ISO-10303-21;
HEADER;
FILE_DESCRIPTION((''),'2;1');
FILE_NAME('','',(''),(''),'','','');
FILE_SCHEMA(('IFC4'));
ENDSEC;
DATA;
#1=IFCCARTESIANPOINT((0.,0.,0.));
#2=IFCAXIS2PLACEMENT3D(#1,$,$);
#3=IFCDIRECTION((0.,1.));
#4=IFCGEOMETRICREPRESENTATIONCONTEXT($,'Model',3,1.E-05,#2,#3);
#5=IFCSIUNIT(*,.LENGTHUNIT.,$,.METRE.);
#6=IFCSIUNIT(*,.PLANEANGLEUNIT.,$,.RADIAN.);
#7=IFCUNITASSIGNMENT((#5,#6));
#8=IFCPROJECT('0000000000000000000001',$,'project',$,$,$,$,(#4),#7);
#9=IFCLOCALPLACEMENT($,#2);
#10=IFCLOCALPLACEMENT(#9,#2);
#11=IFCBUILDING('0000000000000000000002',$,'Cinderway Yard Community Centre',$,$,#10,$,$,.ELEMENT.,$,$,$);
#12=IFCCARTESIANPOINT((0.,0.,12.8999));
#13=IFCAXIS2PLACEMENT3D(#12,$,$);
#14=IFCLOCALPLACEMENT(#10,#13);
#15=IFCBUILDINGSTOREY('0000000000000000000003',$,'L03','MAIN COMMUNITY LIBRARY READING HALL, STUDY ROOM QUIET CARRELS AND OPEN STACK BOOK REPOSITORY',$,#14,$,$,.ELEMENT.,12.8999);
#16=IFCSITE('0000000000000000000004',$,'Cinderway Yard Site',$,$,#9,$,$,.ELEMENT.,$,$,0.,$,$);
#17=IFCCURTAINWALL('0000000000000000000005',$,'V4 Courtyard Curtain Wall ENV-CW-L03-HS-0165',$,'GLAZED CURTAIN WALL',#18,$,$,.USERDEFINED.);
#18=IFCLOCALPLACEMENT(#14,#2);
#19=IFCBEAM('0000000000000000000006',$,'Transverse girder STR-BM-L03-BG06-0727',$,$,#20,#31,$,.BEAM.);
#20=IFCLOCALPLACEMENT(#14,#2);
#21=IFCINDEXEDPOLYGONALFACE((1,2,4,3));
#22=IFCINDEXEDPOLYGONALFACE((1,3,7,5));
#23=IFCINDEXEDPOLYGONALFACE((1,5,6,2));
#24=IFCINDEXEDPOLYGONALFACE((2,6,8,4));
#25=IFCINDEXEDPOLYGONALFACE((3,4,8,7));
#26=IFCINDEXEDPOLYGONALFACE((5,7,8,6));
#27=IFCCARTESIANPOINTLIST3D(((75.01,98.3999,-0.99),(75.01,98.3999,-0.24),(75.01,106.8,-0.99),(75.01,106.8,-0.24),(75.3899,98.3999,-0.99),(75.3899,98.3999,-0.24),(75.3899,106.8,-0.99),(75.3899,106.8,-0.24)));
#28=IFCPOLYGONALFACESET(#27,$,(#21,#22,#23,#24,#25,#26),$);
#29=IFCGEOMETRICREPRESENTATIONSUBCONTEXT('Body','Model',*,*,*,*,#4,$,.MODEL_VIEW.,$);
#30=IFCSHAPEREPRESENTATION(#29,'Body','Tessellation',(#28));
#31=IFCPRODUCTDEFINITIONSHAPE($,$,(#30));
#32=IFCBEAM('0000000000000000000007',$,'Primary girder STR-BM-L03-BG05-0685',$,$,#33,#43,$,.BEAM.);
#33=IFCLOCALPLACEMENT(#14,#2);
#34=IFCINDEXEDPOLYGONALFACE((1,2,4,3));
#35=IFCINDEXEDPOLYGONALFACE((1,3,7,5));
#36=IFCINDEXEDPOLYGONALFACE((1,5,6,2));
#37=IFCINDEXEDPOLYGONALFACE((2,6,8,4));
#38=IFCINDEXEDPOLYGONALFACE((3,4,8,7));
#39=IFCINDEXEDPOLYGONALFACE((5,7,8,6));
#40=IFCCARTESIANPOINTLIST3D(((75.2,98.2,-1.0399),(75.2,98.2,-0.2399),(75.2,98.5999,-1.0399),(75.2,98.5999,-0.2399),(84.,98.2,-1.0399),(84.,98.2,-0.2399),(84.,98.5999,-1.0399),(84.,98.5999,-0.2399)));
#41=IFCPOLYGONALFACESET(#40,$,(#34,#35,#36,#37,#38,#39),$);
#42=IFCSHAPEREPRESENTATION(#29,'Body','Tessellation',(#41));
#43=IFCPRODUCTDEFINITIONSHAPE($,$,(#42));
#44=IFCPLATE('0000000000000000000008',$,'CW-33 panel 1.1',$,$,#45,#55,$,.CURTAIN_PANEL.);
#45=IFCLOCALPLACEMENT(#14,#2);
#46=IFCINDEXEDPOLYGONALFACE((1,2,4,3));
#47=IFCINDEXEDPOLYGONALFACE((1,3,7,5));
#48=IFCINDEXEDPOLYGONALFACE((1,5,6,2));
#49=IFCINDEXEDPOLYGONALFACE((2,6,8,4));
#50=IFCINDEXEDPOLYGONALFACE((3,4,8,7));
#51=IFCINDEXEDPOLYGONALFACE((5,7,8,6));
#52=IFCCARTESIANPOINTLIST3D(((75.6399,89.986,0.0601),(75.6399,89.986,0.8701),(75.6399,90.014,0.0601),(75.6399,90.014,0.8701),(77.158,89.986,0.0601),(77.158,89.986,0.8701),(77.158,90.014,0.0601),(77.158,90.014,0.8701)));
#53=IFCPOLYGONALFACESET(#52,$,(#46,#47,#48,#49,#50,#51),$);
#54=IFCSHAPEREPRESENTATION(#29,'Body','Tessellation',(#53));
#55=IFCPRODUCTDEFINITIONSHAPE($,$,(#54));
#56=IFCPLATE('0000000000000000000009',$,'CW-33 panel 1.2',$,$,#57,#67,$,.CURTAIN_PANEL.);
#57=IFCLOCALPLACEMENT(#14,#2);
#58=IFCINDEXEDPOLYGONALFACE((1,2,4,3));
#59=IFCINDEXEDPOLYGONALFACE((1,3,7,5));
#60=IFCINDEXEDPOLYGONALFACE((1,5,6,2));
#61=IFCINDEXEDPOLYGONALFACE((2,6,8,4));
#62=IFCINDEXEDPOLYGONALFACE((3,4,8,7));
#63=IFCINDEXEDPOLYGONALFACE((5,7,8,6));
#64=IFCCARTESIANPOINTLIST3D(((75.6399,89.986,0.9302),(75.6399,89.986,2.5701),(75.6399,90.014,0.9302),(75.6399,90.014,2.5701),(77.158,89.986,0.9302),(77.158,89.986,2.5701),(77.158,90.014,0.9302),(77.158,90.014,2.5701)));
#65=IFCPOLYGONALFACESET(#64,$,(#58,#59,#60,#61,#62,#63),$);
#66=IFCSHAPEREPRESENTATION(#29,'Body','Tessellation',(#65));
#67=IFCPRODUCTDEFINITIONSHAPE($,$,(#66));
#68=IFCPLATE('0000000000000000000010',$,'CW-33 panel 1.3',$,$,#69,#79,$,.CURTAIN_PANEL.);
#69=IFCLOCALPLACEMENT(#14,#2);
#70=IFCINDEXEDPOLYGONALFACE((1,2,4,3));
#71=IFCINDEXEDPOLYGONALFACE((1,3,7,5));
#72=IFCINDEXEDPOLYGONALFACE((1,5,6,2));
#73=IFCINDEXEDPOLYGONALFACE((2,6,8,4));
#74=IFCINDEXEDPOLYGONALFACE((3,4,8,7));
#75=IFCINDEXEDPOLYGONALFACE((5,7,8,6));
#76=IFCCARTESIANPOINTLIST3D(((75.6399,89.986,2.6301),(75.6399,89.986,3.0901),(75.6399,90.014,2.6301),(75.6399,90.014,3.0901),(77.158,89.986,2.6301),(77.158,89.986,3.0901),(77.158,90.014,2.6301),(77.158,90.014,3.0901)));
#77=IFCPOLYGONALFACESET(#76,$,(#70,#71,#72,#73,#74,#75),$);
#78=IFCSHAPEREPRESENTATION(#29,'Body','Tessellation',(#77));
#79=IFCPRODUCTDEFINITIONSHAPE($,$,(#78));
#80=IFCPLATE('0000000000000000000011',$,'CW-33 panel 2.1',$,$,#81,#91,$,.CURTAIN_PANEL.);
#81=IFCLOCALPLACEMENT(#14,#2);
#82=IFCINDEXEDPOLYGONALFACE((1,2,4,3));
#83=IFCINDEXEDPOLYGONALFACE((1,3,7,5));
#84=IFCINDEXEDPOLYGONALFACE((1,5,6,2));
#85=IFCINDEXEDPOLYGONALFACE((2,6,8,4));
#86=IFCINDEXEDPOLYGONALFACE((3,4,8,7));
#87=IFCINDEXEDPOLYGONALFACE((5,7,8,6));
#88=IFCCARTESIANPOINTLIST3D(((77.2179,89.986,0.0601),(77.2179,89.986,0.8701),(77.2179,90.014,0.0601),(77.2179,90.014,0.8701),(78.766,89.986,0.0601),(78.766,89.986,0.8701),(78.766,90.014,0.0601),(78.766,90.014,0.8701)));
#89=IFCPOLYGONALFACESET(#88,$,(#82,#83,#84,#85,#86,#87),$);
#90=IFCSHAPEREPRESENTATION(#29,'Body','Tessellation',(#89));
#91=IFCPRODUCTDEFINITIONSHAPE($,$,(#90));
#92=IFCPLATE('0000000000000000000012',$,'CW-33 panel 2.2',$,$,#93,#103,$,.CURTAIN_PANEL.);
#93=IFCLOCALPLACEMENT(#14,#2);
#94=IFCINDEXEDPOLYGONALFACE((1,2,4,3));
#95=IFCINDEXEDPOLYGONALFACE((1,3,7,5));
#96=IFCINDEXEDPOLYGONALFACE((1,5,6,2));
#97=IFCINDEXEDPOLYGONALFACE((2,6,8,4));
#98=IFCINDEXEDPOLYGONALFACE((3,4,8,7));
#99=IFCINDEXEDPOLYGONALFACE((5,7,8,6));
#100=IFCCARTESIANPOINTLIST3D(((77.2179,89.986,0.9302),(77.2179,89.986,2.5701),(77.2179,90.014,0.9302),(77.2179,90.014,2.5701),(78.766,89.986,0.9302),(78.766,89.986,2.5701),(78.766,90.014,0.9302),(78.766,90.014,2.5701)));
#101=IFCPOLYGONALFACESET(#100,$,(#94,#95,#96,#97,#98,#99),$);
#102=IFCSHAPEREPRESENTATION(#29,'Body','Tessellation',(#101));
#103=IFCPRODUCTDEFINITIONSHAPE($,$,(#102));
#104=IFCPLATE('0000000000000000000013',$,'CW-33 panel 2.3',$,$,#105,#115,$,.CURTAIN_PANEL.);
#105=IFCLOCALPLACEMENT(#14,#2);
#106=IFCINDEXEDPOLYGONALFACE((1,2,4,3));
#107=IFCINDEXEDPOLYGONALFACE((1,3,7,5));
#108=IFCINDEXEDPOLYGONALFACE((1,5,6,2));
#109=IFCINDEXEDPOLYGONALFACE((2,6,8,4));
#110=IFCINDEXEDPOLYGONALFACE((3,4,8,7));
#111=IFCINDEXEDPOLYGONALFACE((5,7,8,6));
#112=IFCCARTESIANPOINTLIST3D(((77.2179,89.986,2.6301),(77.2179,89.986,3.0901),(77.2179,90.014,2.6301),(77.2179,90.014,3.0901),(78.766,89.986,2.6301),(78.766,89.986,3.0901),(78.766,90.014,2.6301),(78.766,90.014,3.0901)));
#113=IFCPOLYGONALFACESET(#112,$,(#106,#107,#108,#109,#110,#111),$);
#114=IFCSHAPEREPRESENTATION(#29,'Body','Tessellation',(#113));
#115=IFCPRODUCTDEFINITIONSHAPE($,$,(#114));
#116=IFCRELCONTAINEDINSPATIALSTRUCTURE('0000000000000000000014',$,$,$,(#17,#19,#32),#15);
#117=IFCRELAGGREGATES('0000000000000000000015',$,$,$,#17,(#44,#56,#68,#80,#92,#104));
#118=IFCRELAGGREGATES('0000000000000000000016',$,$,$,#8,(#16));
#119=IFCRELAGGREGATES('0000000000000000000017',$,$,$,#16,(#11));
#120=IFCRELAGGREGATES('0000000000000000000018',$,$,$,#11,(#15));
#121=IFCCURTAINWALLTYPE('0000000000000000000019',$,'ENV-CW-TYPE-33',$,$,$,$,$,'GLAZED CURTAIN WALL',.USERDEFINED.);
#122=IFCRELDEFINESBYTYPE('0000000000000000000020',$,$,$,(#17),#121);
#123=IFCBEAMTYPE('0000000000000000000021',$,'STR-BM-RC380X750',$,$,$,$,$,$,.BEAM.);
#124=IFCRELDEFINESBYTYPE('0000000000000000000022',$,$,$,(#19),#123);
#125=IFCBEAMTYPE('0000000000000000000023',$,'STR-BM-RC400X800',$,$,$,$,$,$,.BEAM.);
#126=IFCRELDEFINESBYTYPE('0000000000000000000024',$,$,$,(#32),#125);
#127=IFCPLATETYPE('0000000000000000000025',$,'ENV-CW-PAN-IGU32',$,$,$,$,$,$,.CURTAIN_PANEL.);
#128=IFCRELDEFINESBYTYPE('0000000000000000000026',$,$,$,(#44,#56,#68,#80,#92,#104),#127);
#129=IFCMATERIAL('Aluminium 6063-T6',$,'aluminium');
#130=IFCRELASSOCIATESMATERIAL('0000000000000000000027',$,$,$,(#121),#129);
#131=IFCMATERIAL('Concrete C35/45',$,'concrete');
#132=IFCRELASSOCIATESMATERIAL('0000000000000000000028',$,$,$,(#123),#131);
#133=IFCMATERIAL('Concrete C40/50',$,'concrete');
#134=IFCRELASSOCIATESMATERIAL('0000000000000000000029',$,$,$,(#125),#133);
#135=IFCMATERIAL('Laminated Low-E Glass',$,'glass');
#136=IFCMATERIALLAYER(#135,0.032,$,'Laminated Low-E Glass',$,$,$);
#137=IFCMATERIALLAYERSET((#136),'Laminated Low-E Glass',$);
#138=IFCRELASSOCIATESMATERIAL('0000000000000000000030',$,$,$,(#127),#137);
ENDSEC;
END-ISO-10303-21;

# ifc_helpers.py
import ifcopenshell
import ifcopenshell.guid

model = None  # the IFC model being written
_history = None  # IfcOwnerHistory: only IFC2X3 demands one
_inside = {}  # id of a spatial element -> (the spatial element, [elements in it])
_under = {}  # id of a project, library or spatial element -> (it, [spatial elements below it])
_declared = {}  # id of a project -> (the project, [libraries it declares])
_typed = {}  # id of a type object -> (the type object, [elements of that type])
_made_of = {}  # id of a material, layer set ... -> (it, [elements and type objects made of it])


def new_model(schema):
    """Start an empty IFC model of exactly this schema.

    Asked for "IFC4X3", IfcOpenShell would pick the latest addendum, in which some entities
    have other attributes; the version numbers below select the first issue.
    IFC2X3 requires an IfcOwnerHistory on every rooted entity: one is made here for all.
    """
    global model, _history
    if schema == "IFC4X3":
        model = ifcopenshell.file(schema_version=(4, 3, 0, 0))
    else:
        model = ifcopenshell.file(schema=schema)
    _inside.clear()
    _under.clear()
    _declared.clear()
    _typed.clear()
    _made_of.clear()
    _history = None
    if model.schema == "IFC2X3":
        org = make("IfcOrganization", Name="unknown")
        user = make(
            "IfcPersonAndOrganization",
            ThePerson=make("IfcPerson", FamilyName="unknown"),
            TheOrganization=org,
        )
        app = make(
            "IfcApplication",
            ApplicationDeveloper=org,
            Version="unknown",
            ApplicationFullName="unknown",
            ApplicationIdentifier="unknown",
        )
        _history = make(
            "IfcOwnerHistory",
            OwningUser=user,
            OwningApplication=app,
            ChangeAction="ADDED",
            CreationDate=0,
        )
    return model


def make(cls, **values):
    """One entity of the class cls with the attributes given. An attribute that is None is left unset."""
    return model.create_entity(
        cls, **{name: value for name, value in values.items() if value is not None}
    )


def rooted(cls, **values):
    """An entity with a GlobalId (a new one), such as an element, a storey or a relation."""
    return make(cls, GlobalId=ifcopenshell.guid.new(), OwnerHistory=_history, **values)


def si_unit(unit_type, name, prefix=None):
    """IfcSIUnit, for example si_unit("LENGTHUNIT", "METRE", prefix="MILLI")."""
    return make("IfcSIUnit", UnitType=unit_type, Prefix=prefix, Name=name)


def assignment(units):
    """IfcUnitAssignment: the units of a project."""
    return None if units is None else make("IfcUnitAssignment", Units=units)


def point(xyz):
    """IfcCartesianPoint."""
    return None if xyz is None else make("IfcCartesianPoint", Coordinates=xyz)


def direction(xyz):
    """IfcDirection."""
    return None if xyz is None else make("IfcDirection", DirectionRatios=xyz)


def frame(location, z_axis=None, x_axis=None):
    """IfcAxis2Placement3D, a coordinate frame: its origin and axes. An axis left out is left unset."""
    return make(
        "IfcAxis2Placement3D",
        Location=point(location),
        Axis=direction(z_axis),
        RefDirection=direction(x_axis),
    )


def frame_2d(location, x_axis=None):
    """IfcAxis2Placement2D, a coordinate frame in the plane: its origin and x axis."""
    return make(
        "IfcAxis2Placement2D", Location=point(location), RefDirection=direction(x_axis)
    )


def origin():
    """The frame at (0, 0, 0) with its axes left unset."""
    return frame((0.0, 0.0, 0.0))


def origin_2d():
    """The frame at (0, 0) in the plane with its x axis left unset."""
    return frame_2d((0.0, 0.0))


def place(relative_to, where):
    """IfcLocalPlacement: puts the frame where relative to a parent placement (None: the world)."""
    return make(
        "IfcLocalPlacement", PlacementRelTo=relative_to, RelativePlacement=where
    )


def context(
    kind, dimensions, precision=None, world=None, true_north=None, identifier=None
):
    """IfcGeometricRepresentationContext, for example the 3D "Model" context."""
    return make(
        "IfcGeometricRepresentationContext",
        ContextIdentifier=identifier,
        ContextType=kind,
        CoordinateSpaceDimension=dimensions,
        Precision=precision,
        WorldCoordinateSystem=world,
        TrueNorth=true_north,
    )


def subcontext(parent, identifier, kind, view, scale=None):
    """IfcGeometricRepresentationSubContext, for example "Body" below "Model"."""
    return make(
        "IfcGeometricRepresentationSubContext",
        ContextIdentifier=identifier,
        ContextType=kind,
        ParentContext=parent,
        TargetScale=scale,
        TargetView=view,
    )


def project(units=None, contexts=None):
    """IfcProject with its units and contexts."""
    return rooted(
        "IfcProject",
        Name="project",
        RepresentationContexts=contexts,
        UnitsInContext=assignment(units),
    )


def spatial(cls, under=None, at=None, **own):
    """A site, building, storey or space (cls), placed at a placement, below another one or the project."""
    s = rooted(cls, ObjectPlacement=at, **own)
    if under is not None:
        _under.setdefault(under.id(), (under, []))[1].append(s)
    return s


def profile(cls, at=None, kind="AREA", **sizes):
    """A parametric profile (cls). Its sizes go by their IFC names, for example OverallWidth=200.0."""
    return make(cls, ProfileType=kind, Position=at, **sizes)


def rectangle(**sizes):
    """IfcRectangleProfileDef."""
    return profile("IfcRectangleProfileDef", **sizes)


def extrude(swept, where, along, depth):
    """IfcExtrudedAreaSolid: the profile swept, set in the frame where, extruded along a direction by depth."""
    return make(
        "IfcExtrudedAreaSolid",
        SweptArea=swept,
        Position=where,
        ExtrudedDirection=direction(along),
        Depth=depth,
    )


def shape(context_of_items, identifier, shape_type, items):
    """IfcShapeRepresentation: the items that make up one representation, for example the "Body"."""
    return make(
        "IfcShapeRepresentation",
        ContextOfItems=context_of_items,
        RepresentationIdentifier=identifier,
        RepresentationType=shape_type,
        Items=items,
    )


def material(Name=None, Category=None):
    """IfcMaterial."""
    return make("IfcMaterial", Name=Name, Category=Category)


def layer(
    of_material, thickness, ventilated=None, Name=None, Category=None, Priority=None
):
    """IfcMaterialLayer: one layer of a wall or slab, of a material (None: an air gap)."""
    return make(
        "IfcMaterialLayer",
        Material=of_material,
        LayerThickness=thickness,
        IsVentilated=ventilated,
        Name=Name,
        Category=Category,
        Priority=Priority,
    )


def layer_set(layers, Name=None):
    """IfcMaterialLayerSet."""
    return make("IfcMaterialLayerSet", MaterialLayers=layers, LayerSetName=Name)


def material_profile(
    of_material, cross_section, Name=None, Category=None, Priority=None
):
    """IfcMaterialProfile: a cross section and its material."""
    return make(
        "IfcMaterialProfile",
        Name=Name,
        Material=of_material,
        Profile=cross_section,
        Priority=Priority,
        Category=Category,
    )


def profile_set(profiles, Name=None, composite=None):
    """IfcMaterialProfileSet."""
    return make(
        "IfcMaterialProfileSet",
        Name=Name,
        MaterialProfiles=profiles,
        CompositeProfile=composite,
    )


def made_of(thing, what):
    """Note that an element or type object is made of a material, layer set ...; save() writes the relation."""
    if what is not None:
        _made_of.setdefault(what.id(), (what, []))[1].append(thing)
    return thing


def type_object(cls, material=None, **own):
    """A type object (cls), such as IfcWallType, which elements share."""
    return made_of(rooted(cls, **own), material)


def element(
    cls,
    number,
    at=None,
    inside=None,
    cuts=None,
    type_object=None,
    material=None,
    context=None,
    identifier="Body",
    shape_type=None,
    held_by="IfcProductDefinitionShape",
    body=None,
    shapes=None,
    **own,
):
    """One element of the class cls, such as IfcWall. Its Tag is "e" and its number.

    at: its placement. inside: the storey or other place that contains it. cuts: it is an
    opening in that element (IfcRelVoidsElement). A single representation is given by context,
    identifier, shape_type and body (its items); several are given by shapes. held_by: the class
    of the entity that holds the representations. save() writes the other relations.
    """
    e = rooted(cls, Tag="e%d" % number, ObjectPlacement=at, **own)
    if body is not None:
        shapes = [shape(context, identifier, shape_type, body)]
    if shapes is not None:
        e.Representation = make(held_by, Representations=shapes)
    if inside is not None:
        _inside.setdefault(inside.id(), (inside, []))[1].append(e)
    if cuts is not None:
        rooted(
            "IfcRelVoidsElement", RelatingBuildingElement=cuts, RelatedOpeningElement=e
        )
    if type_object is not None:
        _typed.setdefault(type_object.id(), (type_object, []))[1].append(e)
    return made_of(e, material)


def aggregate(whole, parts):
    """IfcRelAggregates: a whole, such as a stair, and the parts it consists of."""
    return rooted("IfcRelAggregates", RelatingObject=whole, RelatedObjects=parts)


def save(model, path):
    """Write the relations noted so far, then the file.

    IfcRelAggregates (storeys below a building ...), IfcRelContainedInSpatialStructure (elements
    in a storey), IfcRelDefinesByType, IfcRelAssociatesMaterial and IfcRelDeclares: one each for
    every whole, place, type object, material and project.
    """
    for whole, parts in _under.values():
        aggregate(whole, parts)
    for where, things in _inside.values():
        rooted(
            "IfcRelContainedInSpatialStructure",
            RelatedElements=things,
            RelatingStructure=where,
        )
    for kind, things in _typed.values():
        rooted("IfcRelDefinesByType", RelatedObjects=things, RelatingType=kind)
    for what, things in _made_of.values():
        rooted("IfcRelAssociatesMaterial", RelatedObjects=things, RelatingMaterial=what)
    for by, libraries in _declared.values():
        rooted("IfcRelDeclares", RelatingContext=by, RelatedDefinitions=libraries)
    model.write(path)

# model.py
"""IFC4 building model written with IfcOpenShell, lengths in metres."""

from ifc_helpers import new_model, si_unit, direction, frame, origin, origin_2d, place, context, subcontext, project, spatial, rectangle, extrude, material, layer, layer_set, material_profile, profile_set, type_object, element, aggregate, save


model = new_model("IFC4")

# Units and contexts
model_context = context("Model", 3, precision=1e-05, world=origin(), true_north=direction((0.0, 1.0)))
body_context = subcontext(model_context, "Body", "Model", "MODEL_VIEW")
ifc_project = project(units=[si_unit("LENGTHUNIT", "METRE"), si_unit("PLANEANGLEUNIT", "RADIAN")], contexts=[model_context])

# Site, building, storey
site_placement = place(None, origin())
site = spatial("IfcSite", under=ifc_project, at=site_placement, Name="Cinderway Yard Site", CompositionType="ELEMENT", RefElevation=0.0)
building_placement = place(site_placement, origin())
building = spatial("IfcBuilding", under=site, at=building_placement, Name="Cinderway Yard Community Centre", CompositionType="ELEMENT")
storey_placement = place(building_placement, frame((0.0, 0.0, 12.8999)))
storey = spatial("IfcBuildingStorey", under=building, at=storey_placement, Name="L03", Description="MAIN COMMUNITY LIBRARY READING HALL, STUDY ROOM QUIET CARRELS AND OPEN STACK BOOK REPOSITORY", CompositionType="ELEMENT", Elevation=12.8999)

# Shared definitions
ifc_material_1 = material(Name="Concrete C40/50", Category="concrete")

# Curtain wall
ifc_material_2 = material(Name="Aluminium 6063-T6", Category="aluminium")
curtain_wall_type = type_object("IfcCurtainWallType", Name="ENV-CW-TYPE-33", ElementType="GLAZED CURTAIN WALL", PredefinedType="USERDEFINED", material=ifc_material_2)
curtain_wall_placement = place(storey_placement, origin())
curtain_wall = element("IfcCurtainWall", 1, at=curtain_wall_placement, inside=storey, type_object=curtain_wall_type, Name="V4 Courtyard Curtain Wall ENV-CW-L03-HS-0165", ObjectType="GLAZED CURTAIN WALL", PredefinedType="USERDEFINED")

# Beams
ifc_material_3 = material(Name="Concrete C35/45", Category="concrete")
ifc_material_profile_1 = material_profile(ifc_material_3, rectangle(XDim=0.3799, YDim=0.75, at=origin_2d()), Name="Concrete C35/45")
ifc_profile_set_1 = profile_set([ifc_material_profile_1], Name="Concrete C35/45")
beam_type_1 = type_object("IfcBeamType", Name="STR-BM-RC380X750", PredefinedType="BEAM", material=ifc_profile_set_1)
beam_1_placement = place(storey_placement, frame((75.2, 98.3999, -0.615), z_axis=(0.0, 1.0, 0.0), x_axis=(-1.0, 0.0, 0.0)))
element("IfcBeam", 2, at=beam_1_placement, inside=storey, type_object=beam_type_1, Name="Transverse girder STR-BM-L03-BG06-0727", PredefinedType="BEAM", context=body_context, shape_type="SweptSolid", body=[
    extrude(rectangle(XDim=0.3799, YDim=0.75, at=origin_2d()), origin(), (0.0, 0.0, 1.0), 8.4001),
])
ifc_material_profile_2 = material_profile(ifc_material_1, rectangle(XDim=0.3999, YDim=0.8, at=origin_2d()), Name="Concrete C40/50")
ifc_profile_set_2 = profile_set([ifc_material_profile_2], Name="Concrete C40/50")
beam_type_2 = type_object("IfcBeamType", Name="STR-BM-RC400X800", PredefinedType="BEAM", material=ifc_profile_set_2)
beam_2_placement = place(storey_placement, frame((75.2, 98.3999, -0.6399), z_axis=(1.0, 0.0, 0.0), x_axis=(0.0, 1.0, 0.0)))
element("IfcBeam", 3, at=beam_2_placement, inside=storey, type_object=beam_type_2, Name="Primary girder STR-BM-L03-BG05-0685", PredefinedType="BEAM", context=body_context, shape_type="SweptSolid", body=[
    extrude(rectangle(XDim=0.3999, YDim=0.8, at=origin_2d()), origin(), (0.0, 0.0, 1.0), 8.8),
])

# Plates
ifc_material_4 = material(Name="Laminated Low-E Glass", Category="glass")
ifc_layer = layer(ifc_material_4, 0.032, Name="Laminated Low-E Glass")
ifc_layer_set = layer_set([ifc_layer], Name="Laminated Low-E Glass")
plate_type = type_object("IfcPlateType", Name="ENV-CW-PAN-IGU32", PredefinedType="CURTAIN_PANEL", material=ifc_layer_set)
plate_1_placement = place(storey_placement, frame((76.3989, 90.0, 0.0601), z_axis=(0.0, 0.0, 1.0), x_axis=(1.0, 0.0, 0.0)))
plate_1 = element("IfcPlate", 4, at=plate_1_placement, type_object=plate_type, Name="CW-33 panel 1.1", PredefinedType="CURTAIN_PANEL", context=body_context, shape_type="SweptSolid", body=[
    extrude(rectangle(XDim=1.5181, YDim=0.0281, at=origin_2d()), origin(), (0.0, 0.0, 1.0), 0.8101),
])
plate_2_placement = place(storey_placement, frame((76.3989, 90.0, 0.9302), z_axis=(0.0, 0.0, 1.0), x_axis=(1.0, 0.0, 0.0)))
plate_2 = element("IfcPlate", 5, at=plate_2_placement, type_object=plate_type, Name="CW-33 panel 1.2", PredefinedType="CURTAIN_PANEL", context=body_context, shape_type="SweptSolid", body=[
    extrude(rectangle(XDim=1.5181, YDim=0.0281, at=origin_2d()), origin(), (0.0, 0.0, 1.0), 1.6399),
])
plate_3_placement = place(storey_placement, frame((76.3989, 90.0, 2.6301), z_axis=(0.0, 0.0, 1.0), x_axis=(1.0, 0.0, 0.0)))
plate_3 = element("IfcPlate", 6, at=plate_3_placement, type_object=plate_type, Name="CW-33 panel 1.3", PredefinedType="CURTAIN_PANEL", context=body_context, shape_type="SweptSolid", body=[
    extrude(rectangle(XDim=1.5181, YDim=0.0281, at=origin_2d()), origin(), (0.0, 0.0, 1.0), 0.46),
])
plate_4_placement = place(storey_placement, frame((77.9919, 90.0, 0.0601), z_axis=(0.0, 0.0, 1.0), x_axis=(1.0, 0.0, 0.0)))
plate_4 = element("IfcPlate", 7, at=plate_4_placement, type_object=plate_type, Name="CW-33 panel 2.1", PredefinedType="CURTAIN_PANEL", context=body_context, shape_type="SweptSolid", body=[
    extrude(rectangle(XDim=1.5481, YDim=0.0281, at=origin_2d()), origin(), (0.0, 0.0, 1.0), 0.8101),
])
plate_5_placement = place(storey_placement, frame((77.9919, 90.0, 0.9302), z_axis=(0.0, 0.0, 1.0), x_axis=(1.0, 0.0, 0.0)))
plate_5 = element("IfcPlate", 8, at=plate_5_placement, type_object=plate_type, Name="CW-33 panel 2.2", PredefinedType="CURTAIN_PANEL", context=body_context, shape_type="SweptSolid", body=[
    extrude(rectangle(XDim=1.5481, YDim=0.0281, at=origin_2d()), origin(), (0.0, 0.0, 1.0), 1.6399),
])
plate_6_placement = place(storey_placement, frame((77.9919, 90.0, 2.6301), z_axis=(0.0, 0.0, 1.0), x_axis=(1.0, 0.0, 0.0)))
plate_6 = element("IfcPlate", 9, at=plate_6_placement, type_object=plate_type, Name="CW-33 panel 2.3", PredefinedType="CURTAIN_PANEL", context=body_context, shape_type="SweptSolid", body=[
    extrude(rectangle(XDim=1.5481, YDim=0.0281, at=origin_2d()), origin(), (0.0, 0.0, 1.0), 0.46),
])
aggregate(curtain_wall, [plate_1, plate_2, plate_3, plate_4, plate_5, plate_6])

save(model, "model.ifc")
